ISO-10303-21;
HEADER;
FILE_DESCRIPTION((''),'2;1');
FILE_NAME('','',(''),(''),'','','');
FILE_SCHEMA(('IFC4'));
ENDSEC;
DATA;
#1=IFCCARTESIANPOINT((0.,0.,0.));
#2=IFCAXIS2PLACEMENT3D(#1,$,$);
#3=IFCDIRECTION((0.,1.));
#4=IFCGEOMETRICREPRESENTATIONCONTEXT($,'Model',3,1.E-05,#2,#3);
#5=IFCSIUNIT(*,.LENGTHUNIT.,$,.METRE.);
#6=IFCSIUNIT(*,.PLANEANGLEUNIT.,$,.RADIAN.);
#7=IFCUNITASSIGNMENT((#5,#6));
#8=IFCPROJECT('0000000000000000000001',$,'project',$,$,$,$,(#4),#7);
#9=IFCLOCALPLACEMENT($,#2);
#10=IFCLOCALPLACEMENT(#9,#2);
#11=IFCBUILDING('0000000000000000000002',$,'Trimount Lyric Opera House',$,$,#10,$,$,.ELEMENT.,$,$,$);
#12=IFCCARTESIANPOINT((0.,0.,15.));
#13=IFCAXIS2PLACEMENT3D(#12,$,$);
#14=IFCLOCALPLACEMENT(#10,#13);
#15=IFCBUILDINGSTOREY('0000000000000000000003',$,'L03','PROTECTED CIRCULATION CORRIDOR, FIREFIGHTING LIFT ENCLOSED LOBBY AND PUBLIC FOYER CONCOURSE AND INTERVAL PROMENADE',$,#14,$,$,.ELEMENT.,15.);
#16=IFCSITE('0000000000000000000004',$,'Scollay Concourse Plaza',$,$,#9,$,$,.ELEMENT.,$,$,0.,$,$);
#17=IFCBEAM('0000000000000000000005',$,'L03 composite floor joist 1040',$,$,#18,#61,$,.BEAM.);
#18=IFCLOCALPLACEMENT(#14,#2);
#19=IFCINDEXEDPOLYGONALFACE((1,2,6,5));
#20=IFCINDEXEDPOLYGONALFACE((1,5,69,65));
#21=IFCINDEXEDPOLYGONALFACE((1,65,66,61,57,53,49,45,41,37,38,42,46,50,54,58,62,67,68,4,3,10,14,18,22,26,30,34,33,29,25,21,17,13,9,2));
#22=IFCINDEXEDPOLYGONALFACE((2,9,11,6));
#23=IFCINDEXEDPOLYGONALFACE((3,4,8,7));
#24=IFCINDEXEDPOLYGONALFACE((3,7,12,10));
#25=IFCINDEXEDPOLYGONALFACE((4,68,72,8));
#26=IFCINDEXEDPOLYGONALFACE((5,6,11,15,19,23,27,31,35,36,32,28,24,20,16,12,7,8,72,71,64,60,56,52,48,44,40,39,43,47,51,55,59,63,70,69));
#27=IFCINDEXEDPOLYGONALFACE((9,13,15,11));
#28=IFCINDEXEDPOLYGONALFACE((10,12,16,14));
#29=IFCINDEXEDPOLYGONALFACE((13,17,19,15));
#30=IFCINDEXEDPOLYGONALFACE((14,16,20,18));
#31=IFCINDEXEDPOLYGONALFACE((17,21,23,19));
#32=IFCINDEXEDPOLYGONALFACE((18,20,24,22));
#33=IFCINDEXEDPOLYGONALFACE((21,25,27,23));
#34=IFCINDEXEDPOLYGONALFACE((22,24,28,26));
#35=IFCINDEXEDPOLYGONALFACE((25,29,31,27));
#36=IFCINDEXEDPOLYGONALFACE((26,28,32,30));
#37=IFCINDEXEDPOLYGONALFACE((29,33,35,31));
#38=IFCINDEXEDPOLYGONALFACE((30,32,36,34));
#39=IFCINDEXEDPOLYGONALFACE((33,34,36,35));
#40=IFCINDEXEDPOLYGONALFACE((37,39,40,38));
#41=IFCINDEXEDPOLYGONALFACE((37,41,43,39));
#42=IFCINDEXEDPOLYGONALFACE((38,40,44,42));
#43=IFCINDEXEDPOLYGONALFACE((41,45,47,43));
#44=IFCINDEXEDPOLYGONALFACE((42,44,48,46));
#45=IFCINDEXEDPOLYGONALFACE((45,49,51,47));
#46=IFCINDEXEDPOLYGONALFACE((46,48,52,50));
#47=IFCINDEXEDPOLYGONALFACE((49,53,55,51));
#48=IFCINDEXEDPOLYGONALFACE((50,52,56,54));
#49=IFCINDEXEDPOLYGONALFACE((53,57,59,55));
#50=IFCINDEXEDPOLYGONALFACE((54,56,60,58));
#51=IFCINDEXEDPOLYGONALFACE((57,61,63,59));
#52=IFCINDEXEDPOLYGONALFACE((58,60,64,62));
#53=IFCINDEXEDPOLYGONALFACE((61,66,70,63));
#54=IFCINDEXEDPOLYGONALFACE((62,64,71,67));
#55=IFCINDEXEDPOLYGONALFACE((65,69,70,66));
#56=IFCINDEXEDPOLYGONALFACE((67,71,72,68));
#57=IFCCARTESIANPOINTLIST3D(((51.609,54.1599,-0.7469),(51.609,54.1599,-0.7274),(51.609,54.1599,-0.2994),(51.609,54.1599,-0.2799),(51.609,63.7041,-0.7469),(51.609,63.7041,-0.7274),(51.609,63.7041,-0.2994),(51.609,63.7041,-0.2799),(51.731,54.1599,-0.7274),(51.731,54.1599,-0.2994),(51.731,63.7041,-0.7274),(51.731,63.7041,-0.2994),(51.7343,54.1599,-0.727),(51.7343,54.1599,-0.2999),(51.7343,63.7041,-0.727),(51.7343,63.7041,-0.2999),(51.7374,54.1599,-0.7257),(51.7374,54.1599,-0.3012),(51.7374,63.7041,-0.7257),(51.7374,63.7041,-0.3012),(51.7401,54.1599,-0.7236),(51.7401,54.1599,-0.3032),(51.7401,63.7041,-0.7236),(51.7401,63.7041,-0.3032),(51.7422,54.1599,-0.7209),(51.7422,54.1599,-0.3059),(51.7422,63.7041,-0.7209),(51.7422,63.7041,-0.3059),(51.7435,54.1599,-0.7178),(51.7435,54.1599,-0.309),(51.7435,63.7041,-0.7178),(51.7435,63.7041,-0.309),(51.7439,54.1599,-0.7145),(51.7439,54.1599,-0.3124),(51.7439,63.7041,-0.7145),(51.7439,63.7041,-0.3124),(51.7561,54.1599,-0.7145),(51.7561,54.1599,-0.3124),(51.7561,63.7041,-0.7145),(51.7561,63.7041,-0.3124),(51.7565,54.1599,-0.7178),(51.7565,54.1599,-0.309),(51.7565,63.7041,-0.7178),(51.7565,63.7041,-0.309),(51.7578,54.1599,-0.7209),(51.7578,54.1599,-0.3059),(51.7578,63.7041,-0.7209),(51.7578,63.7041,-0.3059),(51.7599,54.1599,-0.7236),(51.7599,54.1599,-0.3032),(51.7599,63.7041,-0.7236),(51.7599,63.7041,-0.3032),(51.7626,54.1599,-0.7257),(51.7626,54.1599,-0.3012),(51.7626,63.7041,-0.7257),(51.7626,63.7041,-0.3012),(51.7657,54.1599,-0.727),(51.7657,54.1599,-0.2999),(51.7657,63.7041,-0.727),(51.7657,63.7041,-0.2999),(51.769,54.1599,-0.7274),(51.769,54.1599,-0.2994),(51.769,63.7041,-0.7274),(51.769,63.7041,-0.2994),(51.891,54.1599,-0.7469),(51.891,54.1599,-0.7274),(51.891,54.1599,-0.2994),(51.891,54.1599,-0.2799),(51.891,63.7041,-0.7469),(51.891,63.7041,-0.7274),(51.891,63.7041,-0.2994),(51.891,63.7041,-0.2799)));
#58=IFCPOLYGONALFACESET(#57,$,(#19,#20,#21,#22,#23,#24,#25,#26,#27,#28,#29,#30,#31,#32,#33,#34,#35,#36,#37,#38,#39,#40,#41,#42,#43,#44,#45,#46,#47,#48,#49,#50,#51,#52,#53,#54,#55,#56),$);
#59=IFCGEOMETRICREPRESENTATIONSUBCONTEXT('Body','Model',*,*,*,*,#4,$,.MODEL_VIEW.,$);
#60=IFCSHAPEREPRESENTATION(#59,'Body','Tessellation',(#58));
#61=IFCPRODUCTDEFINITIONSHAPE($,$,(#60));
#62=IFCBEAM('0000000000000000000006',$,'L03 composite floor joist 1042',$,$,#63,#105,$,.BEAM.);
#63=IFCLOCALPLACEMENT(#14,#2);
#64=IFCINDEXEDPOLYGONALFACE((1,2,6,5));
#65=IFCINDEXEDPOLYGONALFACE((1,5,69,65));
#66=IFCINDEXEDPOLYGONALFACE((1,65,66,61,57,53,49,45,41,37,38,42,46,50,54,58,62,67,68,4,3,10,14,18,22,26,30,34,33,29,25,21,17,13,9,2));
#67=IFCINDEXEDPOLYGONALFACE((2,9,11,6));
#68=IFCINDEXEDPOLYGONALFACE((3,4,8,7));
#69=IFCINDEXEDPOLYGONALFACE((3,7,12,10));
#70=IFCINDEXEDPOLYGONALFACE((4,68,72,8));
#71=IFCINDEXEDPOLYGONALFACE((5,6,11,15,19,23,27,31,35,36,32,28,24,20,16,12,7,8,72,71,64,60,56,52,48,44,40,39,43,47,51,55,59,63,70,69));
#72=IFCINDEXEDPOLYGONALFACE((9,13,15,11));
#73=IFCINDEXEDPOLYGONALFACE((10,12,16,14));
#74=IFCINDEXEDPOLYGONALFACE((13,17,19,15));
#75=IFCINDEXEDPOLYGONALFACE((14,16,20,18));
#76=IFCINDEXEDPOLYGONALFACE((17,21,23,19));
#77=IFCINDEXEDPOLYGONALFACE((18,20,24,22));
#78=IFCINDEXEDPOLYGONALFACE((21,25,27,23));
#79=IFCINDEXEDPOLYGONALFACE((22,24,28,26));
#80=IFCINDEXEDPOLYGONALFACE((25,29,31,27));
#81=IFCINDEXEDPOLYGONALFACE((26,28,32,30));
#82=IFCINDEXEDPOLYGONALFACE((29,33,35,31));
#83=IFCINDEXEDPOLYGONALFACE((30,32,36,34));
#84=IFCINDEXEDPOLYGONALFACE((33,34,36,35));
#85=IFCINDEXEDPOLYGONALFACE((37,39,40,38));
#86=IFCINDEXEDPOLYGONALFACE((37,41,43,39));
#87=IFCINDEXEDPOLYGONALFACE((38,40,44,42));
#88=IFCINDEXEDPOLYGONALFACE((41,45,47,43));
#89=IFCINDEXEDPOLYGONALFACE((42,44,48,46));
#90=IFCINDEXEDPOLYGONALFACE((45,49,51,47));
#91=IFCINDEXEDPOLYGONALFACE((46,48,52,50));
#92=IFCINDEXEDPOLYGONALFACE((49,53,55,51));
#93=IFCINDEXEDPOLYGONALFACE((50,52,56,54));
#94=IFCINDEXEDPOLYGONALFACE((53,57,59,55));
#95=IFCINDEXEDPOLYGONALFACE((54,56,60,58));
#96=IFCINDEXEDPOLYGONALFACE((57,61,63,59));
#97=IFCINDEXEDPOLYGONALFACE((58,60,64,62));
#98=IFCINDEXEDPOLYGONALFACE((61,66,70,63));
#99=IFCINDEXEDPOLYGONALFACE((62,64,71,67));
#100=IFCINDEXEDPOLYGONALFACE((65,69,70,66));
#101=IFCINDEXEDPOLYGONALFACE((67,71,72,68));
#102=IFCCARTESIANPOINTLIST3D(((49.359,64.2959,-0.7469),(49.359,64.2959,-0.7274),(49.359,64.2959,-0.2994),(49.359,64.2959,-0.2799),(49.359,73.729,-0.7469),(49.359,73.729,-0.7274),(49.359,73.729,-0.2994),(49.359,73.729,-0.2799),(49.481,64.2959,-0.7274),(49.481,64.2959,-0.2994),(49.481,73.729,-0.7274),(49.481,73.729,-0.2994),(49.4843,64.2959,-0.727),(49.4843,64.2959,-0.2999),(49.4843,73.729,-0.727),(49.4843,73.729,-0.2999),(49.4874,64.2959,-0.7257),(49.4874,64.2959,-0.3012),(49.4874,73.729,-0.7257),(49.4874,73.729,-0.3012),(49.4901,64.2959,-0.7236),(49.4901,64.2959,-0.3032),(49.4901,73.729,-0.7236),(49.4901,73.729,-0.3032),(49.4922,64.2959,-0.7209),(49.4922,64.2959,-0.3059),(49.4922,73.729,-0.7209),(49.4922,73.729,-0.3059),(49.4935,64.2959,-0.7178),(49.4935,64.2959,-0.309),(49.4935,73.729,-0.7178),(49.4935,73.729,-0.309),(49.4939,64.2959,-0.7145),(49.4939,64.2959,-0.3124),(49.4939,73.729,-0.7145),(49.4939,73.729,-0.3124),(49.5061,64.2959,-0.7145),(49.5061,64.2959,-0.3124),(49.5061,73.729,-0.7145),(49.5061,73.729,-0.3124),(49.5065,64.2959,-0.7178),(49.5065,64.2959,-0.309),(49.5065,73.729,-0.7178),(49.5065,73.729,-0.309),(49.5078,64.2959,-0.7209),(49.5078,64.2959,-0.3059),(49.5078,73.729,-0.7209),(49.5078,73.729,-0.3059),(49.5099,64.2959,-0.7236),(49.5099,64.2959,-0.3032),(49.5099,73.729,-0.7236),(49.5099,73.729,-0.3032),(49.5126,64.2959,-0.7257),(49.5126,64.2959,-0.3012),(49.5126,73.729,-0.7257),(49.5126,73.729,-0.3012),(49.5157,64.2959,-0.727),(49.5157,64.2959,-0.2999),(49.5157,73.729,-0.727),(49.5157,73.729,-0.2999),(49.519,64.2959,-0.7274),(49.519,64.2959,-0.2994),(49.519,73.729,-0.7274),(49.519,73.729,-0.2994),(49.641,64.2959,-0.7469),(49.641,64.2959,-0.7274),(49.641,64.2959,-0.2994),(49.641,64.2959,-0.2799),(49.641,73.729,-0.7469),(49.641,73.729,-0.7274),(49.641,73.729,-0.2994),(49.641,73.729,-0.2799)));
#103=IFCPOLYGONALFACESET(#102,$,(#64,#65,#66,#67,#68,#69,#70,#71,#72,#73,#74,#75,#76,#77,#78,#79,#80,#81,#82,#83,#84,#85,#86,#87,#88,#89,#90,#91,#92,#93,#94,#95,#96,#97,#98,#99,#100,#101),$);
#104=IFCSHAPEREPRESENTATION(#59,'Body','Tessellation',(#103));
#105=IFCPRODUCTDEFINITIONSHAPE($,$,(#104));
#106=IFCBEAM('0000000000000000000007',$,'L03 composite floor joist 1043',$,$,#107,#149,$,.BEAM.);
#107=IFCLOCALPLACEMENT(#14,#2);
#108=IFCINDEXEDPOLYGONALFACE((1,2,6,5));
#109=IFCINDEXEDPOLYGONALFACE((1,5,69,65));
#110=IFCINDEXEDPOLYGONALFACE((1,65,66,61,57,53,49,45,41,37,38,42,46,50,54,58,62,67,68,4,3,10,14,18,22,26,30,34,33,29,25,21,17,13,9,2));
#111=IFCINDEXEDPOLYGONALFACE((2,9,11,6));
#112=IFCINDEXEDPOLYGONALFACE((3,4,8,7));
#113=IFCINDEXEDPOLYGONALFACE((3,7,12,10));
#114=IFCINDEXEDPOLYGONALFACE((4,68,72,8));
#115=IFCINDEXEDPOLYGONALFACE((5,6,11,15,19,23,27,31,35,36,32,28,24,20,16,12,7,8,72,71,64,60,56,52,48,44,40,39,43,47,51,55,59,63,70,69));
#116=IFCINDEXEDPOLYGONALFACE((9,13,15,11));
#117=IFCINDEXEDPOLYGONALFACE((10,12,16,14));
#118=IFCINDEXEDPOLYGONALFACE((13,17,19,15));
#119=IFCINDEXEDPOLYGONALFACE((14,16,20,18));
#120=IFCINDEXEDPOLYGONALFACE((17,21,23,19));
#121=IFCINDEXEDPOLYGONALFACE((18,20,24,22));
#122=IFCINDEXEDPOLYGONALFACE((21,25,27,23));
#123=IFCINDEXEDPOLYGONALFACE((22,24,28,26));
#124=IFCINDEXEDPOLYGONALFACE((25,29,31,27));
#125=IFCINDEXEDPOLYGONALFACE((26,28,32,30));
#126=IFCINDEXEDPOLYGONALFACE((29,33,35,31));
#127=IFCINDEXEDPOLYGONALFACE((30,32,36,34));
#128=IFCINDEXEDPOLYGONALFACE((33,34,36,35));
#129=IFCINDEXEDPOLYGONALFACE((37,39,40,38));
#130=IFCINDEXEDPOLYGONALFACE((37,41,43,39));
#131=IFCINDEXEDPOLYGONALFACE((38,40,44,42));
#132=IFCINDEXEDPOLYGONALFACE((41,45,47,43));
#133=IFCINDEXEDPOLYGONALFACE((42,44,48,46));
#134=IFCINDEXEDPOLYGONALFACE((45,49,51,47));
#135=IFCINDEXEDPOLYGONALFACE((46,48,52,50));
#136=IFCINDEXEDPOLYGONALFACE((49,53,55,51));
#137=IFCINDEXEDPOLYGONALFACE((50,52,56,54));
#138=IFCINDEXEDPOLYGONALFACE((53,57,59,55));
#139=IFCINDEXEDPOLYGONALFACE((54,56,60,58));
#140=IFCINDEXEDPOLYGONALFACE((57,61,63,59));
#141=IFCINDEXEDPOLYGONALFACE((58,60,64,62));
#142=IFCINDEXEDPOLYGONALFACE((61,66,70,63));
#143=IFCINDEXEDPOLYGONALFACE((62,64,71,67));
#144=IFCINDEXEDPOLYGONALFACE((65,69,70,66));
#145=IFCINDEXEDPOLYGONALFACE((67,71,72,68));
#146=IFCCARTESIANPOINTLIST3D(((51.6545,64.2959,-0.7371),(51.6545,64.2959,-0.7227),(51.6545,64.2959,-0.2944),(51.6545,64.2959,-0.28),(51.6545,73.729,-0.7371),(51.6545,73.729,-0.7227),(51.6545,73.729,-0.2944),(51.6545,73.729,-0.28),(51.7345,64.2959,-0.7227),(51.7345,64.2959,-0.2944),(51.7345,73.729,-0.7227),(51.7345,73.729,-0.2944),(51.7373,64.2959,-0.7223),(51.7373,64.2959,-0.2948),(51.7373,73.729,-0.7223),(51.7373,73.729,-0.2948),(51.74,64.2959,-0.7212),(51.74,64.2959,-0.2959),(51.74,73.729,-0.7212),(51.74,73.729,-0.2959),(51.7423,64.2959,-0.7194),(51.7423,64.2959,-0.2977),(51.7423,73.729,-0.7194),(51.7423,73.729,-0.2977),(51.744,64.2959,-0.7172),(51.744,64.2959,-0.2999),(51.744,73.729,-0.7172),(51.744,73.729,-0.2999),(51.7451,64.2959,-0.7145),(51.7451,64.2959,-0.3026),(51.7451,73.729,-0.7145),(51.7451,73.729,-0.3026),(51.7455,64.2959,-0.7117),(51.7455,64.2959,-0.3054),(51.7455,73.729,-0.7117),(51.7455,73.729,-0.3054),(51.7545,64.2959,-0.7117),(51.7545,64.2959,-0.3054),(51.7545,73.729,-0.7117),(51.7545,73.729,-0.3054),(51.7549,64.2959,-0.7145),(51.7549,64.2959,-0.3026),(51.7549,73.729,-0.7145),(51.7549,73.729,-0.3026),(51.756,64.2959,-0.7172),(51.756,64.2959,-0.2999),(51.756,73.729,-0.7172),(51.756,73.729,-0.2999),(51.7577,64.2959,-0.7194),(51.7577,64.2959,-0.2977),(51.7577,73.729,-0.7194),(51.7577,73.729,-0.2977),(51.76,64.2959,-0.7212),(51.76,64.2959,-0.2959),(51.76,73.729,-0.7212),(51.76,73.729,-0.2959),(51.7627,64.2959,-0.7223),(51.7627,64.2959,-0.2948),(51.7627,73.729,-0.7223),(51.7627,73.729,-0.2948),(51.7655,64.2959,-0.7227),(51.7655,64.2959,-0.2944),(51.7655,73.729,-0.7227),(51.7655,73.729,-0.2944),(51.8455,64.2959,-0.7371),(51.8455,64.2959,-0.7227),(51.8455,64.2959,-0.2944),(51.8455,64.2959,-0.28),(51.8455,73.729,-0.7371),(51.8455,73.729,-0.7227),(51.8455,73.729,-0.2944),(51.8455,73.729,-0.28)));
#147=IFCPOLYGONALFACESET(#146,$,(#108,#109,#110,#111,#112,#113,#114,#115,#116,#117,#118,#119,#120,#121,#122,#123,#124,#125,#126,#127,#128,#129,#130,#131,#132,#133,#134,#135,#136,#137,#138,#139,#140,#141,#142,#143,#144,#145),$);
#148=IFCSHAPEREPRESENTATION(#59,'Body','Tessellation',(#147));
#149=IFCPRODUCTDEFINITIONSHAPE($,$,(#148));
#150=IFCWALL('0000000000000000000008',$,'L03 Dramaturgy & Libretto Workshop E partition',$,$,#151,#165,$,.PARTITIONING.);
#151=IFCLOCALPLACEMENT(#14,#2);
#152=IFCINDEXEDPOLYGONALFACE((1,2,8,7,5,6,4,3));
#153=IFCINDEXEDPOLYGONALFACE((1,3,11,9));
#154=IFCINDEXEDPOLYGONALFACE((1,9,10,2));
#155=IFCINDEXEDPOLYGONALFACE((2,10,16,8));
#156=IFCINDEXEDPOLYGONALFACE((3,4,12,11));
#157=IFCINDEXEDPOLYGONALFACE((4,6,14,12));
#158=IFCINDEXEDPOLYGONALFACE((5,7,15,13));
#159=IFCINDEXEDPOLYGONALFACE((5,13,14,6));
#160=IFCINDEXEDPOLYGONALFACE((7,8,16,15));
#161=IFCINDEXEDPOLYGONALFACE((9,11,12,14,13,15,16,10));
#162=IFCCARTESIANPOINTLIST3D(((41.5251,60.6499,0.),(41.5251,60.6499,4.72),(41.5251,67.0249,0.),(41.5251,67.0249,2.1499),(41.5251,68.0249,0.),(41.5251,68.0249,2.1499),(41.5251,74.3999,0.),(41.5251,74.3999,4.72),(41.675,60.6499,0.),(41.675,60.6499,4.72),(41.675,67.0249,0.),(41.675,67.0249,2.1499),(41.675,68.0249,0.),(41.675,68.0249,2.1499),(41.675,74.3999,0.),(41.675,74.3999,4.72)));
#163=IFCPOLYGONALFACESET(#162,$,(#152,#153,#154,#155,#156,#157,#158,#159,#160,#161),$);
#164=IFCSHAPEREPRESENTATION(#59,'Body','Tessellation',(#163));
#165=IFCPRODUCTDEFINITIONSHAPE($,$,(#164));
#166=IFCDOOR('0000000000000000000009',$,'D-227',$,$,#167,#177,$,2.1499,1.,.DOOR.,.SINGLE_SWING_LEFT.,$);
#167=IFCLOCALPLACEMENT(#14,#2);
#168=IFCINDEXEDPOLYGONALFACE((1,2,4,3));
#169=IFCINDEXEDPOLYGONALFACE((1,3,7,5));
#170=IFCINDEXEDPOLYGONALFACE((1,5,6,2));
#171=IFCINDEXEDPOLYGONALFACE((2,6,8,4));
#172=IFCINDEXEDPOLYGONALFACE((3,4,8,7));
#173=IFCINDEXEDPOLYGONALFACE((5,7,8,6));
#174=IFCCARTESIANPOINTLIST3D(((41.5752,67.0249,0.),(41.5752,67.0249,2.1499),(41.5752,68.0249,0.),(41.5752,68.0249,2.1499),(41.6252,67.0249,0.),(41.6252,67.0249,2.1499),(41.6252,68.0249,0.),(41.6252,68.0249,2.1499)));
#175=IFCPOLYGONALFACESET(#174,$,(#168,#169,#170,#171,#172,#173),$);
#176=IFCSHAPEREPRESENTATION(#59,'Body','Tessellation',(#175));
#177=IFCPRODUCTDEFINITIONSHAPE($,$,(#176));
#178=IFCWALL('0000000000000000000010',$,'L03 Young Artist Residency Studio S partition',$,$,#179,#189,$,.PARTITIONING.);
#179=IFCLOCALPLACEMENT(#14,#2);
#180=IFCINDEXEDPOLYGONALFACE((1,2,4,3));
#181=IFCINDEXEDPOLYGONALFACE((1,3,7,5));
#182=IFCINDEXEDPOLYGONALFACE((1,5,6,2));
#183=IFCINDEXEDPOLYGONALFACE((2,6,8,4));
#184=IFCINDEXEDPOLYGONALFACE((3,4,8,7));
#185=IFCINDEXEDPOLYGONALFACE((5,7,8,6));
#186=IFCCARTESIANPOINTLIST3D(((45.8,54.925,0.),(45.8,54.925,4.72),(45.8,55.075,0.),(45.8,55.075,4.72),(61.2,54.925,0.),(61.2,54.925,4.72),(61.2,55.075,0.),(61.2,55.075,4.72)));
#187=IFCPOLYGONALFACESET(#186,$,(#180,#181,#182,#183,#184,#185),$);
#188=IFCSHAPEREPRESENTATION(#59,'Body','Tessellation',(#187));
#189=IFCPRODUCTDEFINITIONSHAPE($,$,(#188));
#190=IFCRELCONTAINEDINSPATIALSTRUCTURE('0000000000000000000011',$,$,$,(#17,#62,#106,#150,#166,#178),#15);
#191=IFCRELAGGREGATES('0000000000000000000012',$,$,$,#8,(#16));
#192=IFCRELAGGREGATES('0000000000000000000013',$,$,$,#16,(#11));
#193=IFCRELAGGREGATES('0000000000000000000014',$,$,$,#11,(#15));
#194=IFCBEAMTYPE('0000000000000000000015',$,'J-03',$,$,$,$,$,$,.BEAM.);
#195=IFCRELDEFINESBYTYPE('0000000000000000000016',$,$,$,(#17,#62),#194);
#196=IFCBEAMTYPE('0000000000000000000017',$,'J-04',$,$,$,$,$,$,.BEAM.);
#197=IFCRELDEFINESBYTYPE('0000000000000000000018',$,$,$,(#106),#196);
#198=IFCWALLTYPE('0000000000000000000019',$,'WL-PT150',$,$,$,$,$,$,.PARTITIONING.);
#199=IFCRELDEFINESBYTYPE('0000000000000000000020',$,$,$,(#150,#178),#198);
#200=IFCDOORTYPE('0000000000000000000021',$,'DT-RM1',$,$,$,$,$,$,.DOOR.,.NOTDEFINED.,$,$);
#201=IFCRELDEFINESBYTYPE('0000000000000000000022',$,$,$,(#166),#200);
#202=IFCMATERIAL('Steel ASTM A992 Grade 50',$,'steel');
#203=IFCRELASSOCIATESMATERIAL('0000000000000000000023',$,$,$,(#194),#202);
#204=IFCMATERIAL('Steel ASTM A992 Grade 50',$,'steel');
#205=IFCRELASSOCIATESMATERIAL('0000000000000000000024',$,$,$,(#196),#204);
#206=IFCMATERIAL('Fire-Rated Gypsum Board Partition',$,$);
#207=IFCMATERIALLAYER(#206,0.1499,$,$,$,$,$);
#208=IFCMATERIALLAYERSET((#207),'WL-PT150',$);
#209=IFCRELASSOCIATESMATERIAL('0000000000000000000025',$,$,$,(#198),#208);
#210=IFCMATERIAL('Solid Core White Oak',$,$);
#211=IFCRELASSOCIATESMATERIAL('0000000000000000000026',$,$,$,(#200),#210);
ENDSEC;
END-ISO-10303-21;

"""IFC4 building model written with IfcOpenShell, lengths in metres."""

from ifc_helpers import new_model, si_unit, direction, frame, frame_2d, origin, origin_2d, place, context, subcontext, project, spatial, rectangle, i_section, extrude, material, layer, layer_set, material_profile, profile_set, type_object, element, fill, save


model = new_model("IFC4")

# Units and contexts
model_context = context("Model", 3, precision=1e-05, world=origin(), true_north=direction((0.0, 1.0)))
body_context = subcontext(model_context, "Body", "Model", "MODEL_VIEW")
ifc_project = project(units=[si_unit("LENGTHUNIT", "METRE"), si_unit("PLANEANGLEUNIT", "RADIAN")], contexts=[model_context])

# Site, building, storey
site_placement = place(None, origin())
site = spatial("IfcSite", under=ifc_project, at=site_placement, Name="Scollay Concourse Plaza", CompositionType="ELEMENT", RefElevation=0.0)
building_placement = place(site_placement, origin())
building = spatial("IfcBuilding", under=site, at=building_placement, Name="Trimount Lyric Opera House", CompositionType="ELEMENT")
storey_placement = place(building_placement, frame((0.0, 0.0, 15.0)))
storey = spatial("IfcBuildingStorey", under=building, at=storey_placement, Name="L03", Description="PROTECTED CIRCULATION CORRIDOR, FIREFIGHTING LIFT ENCLOSED LOBBY AND PUBLIC FOYER CONCOURSE AND INTERVAL PROMENADE", CompositionType="ELEMENT", Elevation=15.0)

# Beams
ifc_material_1 = material(Name="Steel ASTM A992 Grade 50", Category="steel")
ifc_material_profile_1 = material_profile(ifc_material_1, i_section(OverallWidth=0.282, OverallDepth=0.467, WebThickness=0.0122, FlangeThickness=0.0195, FilletRadius=0.0129, at=origin_2d()), Name="W18X86")
ifc_profile_set_1 = profile_set([ifc_material_profile_1], Name="Steel ASTM A992 Grade 50")
beam_type_1 = type_object("IfcBeamType", Name="J-03", PredefinedType="BEAM", material=ifc_profile_set_1)
beam_1_placement = place(storey_placement, frame((51.75, 54.1599, -0.5134), z_axis=(0.0, 1.0, 0.0), x_axis=(-1.0, 0.0, 0.0)))
element("IfcBeam", 1, at=beam_1_placement, inside=storey, type_object=beam_type_1, Name="L03 composite floor joist 1040", PredefinedType="BEAM", context=body_context, shape_type="SweptSolid", body=[
    extrude(i_section(OverallWidth=0.282, OverallDepth=0.467, WebThickness=0.0122, FlangeThickness=0.0195, FilletRadius=0.0129, at=origin_2d()), origin(), (0.0, 0.0, 1.0), 9.5442),
])
beam_2_placement = place(storey_placement, frame((49.5, 64.2959, -0.5134), z_axis=(0.0, 1.0, 0.0), x_axis=(-1.0, 0.0, 0.0)))
element("IfcBeam", 2, at=beam_2_placement, inside=storey, type_object=beam_type_1, Name="L03 composite floor joist 1042", PredefinedType="BEAM", context=body_context, shape_type="SweptSolid", body=[
    extrude(i_section(OverallWidth=0.282, OverallDepth=0.467, WebThickness=0.0122, FlangeThickness=0.0195, FilletRadius=0.0129, at=origin_2d()), origin(), (0.0, 0.0, 1.0), 9.4331),
])
ifc_material_2 = material(Name="Steel ASTM A992 Grade 50", Category="steel")
ifc_material_profile_2 = material_profile(ifc_material_2, i_section(OverallWidth=0.1909, OverallDepth=0.457, WebThickness=0.009, FlangeThickness=0.0144, FilletRadius=0.011, at=origin_2d()), Name="W18X50")
ifc_profile_set_2 = profile_set([ifc_material_profile_2], Name="Steel ASTM A992 Grade 50")
beam_type_2 = type_object("IfcBeamType", Name="J-04", PredefinedType="BEAM", material=ifc_profile_set_2)
beam_3_placement = place(storey_placement, frame((51.75, 64.2959, -0.5085), z_axis=(0.0, 1.0, 0.0), x_axis=(-1.0, 0.0, 0.0)))
element("IfcBeam", 3, at=beam_3_placement, inside=storey, type_object=beam_type_2, Name="L03 composite floor joist 1043", PredefinedType="BEAM", context=body_context, shape_type="SweptSolid", body=[
    extrude(i_section(OverallWidth=0.1909, OverallDepth=0.457, WebThickness=0.009, FlangeThickness=0.0144, FilletRadius=0.011, at=origin_2d()), origin(), (0.0, 0.0, 1.0), 9.4331),
])

# Wall, opening, door
ifc_material_3 = material(Name="Fire-Rated Gypsum Board Partition")
ifc_layer = layer(ifc_material_3, 0.1499)
ifc_layer_set = layer_set([ifc_layer], Name="WL-PT150")
wall_type = type_object("IfcWallType", Name="WL-PT150", PredefinedType="PARTITIONING", material=ifc_layer_set)
wall_1_placement = place(storey_placement, frame((41.6001, 60.6499, 0.0), z_axis=(0.0, 0.0, 1.0), x_axis=(0.0, 1.0, 0.0)))
wall_1 = element("IfcWall", 4, at=wall_1_placement, inside=storey, type_object=wall_type, Name="L03 Dramaturgy & Libretto Workshop E partition", PredefinedType="PARTITIONING", context=body_context, shape_type="SweptSolid", body=[
    extrude(rectangle(XDim=13.75, YDim=0.1499, at=frame_2d((6.875, 0.0))), origin(), (0.0, 0.0, 1.0), 4.72),
])
opening_placement = place(wall_1_placement, frame((6.375, 0.0, 0.0)))
opening = element("IfcOpeningElement", 5, at=opening_placement, cuts=wall_1, PredefinedType="OPENING", context=body_context, shape_type="SweptSolid", body=[
    extrude(rectangle(XDim=1.0, YDim=2.1499, at=frame_2d((0.5, 1.075))), frame((0.0, 0.085, 0.0), z_axis=(0.0, -1.0, 0.0), x_axis=(1.0, 0.0, 0.0)), (0.0, 0.0, 1.0), 0.1699),
])
ifc_material_4 = material(Name="Solid Core White Oak")
door_type = type_object("IfcDoorType", Name="DT-RM1", OperationType="NOTDEFINED", PredefinedType="DOOR", material=ifc_material_4)
door_placement = place(opening_placement, origin())
door = element("IfcDoor", 6, at=door_placement, inside=storey, type_object=door_type, Name="D-227", OperationType="SINGLE_SWING_LEFT", OverallHeight=2.1499, OverallWidth=1.0, PredefinedType="DOOR", context=body_context, shape_type="SweptSolid", body=[
    extrude(rectangle(XDim=1.0, YDim=2.1499, at=frame_2d((0.5, 1.075))), frame((0.0, 0.0249, 0.0), z_axis=(0.0, -1.0, 0.0), x_axis=(1.0, 0.0, 0.0)), (0.0, 0.0, 1.0), 0.05),
])
fill(opening, door)

# Wall
wall_2_placement = place(storey_placement, frame((45.8, 55.0, 0.0), z_axis=(0.0, 0.0, 1.0), x_axis=(1.0, 0.0, 0.0)))
element("IfcWall", 7, at=wall_2_placement, inside=storey, type_object=wall_type, Name="L03 Young Artist Residency Studio S partition", PredefinedType="PARTITIONING", context=body_context, shape_type="SweptSolid", body=[
    extrude(rectangle(XDim=15.3999, YDim=0.1499, at=frame_2d((7.7, 0.0))), origin(), (0.0, 0.0, 1.0), 4.72),
])

save(model, "model.ifc")
